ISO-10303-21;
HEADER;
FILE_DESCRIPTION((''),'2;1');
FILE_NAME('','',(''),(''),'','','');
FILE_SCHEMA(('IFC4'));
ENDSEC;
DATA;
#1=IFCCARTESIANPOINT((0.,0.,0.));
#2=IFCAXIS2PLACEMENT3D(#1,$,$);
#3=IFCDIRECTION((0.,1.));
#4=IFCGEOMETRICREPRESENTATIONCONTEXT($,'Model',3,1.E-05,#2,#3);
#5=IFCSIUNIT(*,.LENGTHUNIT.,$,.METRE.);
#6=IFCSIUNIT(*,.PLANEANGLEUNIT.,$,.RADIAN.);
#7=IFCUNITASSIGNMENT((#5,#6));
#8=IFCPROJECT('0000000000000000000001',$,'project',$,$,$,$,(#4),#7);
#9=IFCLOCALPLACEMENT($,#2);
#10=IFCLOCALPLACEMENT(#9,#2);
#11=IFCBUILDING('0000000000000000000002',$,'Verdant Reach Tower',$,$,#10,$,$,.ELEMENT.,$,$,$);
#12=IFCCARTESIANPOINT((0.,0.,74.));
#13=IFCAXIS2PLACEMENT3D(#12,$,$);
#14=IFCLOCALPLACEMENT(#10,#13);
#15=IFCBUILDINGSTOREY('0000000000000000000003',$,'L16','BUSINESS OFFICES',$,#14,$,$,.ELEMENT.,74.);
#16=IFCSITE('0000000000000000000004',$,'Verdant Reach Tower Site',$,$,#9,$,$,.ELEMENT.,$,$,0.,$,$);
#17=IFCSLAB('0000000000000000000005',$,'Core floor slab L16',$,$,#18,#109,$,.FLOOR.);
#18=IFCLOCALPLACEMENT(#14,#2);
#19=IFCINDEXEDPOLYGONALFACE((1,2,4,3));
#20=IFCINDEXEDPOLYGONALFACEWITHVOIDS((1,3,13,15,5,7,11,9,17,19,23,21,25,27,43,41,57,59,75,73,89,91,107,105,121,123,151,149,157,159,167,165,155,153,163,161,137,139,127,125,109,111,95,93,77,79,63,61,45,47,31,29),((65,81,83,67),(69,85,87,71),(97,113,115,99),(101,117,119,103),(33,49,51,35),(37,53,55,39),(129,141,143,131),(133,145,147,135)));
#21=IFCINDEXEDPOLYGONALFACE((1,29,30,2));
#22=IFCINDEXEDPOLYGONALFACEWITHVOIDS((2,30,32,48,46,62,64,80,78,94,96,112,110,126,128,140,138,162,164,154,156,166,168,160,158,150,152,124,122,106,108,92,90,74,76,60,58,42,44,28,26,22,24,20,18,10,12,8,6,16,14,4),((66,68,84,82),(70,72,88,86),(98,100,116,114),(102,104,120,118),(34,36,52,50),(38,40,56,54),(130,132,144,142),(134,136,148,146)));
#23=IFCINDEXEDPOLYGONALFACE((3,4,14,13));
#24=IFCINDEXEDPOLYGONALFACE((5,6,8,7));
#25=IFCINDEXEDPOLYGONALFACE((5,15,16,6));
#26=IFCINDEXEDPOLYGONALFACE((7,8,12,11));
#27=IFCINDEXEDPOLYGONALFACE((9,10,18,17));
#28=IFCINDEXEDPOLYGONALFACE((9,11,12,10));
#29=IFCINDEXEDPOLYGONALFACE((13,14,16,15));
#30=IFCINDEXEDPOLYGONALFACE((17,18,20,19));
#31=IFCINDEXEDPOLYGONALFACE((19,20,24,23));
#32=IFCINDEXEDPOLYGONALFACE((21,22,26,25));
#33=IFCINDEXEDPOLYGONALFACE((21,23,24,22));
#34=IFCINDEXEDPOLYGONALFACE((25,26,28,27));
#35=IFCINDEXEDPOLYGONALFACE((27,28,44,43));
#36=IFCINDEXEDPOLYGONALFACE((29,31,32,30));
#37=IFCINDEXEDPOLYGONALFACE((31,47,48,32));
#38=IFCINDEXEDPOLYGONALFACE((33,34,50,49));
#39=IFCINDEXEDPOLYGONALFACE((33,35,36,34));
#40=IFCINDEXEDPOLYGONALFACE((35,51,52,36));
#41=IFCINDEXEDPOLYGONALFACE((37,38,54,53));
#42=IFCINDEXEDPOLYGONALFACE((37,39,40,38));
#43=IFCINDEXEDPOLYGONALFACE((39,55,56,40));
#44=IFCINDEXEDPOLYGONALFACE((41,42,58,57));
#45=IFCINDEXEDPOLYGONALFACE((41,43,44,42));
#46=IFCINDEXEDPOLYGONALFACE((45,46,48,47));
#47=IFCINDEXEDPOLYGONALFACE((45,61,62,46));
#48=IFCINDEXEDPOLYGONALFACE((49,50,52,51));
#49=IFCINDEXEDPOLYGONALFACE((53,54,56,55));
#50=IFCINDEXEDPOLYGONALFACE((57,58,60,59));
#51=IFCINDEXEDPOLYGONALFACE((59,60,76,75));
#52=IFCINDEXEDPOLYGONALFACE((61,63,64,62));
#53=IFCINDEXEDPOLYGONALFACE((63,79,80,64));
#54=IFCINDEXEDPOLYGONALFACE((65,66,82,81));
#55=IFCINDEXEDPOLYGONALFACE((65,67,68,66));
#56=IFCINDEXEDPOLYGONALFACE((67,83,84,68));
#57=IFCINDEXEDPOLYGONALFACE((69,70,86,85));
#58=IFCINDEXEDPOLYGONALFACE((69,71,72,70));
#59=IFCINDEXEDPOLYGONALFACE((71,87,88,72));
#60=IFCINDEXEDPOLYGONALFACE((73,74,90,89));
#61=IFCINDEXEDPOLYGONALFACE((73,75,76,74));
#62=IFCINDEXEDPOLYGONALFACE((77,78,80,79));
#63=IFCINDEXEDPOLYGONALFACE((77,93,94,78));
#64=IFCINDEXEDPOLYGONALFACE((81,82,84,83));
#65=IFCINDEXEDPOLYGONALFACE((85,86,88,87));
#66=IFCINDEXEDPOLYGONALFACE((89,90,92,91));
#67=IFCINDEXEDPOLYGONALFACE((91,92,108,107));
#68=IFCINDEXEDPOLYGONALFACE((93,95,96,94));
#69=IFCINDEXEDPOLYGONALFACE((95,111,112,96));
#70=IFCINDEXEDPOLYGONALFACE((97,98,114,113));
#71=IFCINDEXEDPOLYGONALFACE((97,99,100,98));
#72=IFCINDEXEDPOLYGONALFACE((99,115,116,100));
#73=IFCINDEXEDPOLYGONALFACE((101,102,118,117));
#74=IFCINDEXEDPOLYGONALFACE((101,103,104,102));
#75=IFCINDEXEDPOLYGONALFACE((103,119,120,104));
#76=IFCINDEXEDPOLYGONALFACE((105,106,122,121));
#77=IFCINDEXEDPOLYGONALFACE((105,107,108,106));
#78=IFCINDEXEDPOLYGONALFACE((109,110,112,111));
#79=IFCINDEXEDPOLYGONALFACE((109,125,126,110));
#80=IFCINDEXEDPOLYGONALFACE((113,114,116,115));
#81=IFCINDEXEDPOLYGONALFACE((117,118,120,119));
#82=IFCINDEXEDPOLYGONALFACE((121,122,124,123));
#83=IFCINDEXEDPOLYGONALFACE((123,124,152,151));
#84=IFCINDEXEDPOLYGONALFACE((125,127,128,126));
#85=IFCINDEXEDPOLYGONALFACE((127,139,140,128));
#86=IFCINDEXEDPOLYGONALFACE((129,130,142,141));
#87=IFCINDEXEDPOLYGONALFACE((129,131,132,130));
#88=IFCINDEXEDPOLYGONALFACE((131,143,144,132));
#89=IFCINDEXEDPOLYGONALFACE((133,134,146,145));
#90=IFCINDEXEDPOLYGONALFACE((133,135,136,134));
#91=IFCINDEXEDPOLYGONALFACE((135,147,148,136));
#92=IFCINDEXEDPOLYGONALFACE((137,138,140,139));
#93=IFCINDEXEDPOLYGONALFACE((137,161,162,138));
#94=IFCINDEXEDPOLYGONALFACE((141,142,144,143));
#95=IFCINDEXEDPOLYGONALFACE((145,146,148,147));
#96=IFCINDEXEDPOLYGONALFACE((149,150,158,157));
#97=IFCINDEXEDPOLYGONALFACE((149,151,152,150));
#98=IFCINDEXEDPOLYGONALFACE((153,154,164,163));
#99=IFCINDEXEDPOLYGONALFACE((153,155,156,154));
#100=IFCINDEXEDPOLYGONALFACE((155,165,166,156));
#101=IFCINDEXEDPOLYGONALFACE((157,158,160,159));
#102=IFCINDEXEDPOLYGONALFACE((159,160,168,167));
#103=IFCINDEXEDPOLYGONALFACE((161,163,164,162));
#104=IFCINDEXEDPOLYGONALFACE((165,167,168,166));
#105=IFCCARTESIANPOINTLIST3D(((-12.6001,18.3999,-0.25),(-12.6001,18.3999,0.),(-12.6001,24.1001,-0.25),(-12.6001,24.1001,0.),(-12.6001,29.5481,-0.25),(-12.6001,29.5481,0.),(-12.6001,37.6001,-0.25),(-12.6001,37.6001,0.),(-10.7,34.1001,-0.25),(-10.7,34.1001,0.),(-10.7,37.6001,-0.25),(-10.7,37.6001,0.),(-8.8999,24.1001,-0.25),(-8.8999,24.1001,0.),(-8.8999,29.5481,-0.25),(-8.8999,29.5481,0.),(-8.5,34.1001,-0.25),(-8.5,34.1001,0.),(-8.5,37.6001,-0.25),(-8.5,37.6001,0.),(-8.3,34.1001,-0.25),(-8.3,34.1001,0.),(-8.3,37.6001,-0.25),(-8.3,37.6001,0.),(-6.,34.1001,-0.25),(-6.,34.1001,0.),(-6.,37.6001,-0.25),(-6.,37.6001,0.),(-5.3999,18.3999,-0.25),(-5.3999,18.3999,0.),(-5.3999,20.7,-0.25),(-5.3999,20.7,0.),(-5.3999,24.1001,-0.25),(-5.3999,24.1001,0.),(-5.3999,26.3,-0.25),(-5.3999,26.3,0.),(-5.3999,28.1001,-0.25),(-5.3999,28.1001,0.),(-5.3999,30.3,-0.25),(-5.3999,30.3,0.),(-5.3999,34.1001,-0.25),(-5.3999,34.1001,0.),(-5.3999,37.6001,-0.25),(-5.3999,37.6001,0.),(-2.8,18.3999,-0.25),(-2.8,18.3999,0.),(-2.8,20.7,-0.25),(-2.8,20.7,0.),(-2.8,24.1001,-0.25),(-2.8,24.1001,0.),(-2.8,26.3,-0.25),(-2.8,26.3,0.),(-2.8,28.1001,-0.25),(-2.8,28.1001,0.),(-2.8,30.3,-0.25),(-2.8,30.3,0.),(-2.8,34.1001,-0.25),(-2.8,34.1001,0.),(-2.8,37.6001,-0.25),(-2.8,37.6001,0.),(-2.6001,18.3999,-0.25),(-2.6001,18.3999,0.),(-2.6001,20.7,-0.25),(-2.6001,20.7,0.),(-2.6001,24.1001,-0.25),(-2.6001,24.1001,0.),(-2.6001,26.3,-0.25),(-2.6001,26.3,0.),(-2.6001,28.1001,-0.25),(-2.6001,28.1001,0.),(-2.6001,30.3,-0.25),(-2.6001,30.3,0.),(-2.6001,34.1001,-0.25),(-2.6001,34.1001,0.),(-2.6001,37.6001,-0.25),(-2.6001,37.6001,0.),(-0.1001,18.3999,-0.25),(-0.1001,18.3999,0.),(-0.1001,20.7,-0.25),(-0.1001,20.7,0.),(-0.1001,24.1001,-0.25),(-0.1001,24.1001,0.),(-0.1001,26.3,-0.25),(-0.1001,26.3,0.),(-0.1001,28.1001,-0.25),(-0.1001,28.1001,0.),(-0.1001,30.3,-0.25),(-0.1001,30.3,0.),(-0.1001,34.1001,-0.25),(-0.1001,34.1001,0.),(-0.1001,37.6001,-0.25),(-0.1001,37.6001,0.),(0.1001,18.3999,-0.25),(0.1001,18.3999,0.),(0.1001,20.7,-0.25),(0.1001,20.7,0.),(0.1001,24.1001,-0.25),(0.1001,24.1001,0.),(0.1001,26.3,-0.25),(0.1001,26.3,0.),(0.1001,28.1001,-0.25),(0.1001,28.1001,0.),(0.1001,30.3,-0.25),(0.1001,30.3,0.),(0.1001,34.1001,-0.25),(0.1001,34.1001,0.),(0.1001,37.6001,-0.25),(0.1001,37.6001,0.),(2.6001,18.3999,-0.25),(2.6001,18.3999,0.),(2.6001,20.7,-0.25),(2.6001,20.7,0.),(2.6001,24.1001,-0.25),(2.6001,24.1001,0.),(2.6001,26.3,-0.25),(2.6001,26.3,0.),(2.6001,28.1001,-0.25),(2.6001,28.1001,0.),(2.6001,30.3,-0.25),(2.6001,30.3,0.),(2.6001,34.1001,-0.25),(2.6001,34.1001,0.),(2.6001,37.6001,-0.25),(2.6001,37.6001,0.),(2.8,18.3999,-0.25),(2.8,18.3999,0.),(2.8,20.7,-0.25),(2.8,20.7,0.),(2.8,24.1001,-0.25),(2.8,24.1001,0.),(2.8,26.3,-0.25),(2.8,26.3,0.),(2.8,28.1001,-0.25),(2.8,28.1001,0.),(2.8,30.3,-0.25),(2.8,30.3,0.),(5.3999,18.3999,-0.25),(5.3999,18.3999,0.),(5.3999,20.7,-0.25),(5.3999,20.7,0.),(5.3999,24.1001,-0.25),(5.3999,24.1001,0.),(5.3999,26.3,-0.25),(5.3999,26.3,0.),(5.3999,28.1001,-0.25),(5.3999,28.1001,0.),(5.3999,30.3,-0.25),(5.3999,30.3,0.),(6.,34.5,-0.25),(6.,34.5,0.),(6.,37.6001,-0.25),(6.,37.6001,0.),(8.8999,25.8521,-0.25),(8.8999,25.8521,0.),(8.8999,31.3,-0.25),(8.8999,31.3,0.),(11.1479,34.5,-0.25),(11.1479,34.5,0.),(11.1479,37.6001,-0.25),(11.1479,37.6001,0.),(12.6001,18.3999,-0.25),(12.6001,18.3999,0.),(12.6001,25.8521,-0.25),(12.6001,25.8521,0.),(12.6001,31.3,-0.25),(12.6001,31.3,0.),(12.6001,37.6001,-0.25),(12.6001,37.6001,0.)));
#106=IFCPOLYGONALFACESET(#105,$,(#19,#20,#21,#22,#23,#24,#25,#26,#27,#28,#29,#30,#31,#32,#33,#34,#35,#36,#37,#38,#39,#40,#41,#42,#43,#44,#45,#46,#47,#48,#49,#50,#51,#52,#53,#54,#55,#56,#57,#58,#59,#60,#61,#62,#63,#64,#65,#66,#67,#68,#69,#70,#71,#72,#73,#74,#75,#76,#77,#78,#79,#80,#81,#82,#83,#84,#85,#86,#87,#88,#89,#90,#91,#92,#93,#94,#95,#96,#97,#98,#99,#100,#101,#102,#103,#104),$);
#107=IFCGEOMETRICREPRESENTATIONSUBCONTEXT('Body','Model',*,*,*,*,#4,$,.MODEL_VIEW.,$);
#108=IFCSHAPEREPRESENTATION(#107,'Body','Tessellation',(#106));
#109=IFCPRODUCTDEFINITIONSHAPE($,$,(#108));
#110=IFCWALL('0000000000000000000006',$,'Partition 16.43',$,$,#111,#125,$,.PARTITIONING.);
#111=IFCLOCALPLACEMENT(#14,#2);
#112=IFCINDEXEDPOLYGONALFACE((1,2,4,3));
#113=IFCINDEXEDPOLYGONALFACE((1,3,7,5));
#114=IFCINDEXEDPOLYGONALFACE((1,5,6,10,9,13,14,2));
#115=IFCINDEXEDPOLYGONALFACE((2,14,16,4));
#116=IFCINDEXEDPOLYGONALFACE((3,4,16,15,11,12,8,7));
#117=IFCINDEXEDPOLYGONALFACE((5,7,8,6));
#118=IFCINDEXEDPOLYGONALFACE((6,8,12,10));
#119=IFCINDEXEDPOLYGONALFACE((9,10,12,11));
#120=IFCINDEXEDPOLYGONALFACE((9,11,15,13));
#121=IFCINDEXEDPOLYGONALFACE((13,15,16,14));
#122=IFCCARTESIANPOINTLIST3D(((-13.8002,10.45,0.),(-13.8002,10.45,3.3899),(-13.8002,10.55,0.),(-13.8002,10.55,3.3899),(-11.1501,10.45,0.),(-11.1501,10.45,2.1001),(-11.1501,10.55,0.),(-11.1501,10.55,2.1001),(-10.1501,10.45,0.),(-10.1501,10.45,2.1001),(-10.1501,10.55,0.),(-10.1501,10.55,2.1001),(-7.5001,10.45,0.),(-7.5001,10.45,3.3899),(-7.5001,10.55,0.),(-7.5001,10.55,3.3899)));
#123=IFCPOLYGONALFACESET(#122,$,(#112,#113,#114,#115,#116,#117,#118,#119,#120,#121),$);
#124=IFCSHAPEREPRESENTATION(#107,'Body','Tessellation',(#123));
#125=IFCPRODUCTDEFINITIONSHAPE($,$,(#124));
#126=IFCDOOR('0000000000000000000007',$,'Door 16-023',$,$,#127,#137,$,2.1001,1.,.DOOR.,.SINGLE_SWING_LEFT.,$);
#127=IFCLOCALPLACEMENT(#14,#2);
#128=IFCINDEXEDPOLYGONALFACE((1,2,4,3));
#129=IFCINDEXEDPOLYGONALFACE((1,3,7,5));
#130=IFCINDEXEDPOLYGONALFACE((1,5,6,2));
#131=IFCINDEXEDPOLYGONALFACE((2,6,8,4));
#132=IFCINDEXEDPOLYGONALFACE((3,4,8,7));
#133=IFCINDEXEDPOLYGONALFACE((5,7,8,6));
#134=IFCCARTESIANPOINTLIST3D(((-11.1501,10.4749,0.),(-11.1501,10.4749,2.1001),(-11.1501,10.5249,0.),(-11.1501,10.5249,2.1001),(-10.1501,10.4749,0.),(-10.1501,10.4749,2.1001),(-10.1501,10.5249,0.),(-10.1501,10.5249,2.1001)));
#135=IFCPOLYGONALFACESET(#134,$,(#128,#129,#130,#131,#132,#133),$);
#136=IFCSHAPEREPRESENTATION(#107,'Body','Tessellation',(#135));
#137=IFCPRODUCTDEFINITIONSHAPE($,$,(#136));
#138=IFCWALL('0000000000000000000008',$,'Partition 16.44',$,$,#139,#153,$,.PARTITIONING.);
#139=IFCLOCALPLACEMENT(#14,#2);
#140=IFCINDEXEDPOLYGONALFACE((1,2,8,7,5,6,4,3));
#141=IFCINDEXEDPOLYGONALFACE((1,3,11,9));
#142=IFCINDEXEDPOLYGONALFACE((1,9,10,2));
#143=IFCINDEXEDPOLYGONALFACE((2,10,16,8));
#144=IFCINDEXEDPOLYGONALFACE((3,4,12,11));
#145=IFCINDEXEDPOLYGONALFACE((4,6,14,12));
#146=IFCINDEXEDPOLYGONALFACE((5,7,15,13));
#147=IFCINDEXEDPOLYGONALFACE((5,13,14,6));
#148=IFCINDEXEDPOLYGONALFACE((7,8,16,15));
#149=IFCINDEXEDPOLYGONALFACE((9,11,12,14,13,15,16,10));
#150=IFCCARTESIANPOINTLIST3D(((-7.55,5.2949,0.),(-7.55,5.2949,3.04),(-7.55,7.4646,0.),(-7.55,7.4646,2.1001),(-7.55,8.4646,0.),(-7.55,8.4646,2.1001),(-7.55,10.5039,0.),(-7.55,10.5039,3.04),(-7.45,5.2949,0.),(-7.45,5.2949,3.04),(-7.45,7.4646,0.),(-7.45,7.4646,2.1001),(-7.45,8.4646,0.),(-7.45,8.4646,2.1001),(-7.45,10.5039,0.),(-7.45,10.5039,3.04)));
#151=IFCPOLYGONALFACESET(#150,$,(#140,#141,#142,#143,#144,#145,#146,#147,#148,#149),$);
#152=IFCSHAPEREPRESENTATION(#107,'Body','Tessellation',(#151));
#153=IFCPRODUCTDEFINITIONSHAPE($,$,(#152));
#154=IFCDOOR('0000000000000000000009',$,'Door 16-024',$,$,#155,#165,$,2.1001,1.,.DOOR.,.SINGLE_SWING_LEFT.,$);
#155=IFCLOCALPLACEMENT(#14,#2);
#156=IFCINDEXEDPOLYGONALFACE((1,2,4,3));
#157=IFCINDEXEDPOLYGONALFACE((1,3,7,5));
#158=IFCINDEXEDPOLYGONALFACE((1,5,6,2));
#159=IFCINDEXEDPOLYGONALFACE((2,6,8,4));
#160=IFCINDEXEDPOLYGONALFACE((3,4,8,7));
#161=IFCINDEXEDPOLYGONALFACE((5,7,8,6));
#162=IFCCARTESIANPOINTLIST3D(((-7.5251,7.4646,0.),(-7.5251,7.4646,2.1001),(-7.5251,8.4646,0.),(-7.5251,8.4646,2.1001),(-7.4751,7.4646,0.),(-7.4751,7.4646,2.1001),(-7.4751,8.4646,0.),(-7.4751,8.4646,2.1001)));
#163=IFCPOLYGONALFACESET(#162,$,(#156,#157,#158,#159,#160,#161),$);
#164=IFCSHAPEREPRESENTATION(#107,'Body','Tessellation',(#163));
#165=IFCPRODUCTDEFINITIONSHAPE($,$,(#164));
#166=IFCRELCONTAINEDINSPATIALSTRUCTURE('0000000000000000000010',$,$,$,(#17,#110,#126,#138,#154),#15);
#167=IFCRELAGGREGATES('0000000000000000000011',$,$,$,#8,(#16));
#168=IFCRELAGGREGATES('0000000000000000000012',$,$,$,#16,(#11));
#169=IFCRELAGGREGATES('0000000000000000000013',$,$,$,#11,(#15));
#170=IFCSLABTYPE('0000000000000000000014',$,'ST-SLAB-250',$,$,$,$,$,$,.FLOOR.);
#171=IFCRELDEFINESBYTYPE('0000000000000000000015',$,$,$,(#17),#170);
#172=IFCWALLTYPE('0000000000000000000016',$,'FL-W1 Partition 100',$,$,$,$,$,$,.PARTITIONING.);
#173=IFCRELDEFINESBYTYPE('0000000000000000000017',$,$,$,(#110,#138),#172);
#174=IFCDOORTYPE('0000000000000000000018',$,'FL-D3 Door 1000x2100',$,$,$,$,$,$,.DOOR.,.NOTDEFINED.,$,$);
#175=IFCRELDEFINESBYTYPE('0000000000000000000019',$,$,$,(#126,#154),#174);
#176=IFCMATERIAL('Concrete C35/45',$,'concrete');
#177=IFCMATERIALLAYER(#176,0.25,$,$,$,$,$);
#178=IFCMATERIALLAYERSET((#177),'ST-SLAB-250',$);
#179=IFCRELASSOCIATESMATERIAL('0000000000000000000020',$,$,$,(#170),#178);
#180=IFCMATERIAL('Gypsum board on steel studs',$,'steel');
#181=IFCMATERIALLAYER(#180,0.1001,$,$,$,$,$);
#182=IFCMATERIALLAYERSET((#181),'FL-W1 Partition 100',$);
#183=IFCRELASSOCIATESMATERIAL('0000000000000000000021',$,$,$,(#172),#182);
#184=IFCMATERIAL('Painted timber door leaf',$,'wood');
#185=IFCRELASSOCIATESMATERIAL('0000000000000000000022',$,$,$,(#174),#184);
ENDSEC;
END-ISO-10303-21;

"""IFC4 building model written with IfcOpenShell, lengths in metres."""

from ifc_helpers import new_model, si_unit, direction, frame, frame_2d, origin, place, context, subcontext, project, spatial, polyline, rectangle, outline, extrude, material, layer, layer_set, type_object, element, fill, save


model = new_model("IFC4")

# Units and contexts
model_context = context("Model", 3, precision=1e-05, world=origin(), true_north=direction((0.0, 1.0)))
body_context = subcontext(model_context, "Body", "Model", "MODEL_VIEW")
ifc_project = project(units=[si_unit("LENGTHUNIT", "METRE"), si_unit("PLANEANGLEUNIT", "RADIAN")], contexts=[model_context])

# Site, building, storey
site_placement = place(None, origin())
site = spatial("IfcSite", under=ifc_project, at=site_placement, Name="Verdant Reach Tower Site", CompositionType="ELEMENT", RefElevation=0.0)
building_placement = place(site_placement, origin())
building = spatial("IfcBuilding", under=site, at=building_placement, Name="Verdant Reach Tower", CompositionType="ELEMENT")
storey_placement = place(building_placement, frame((0.0, 0.0, 74.0)))
storey = spatial("IfcBuildingStorey", under=building, at=storey_placement, Name="L16", Description="BUSINESS OFFICES", CompositionType="ELEMENT", Elevation=74.0)

# Slab
ifc_material_1 = material(Name="Concrete C35/45", Category="concrete")
ifc_layer_1 = layer(ifc_material_1, 0.25)
ifc_layer_set_1 = layer_set([ifc_layer_1], Name="ST-SLAB-250")
slab_type_1 = type_object("IfcSlabType", Name="ST-SLAB-250", PredefinedType="FLOOR", material=ifc_layer_set_1)
slab_1_placement = place(storey_placement, frame((0.0, 0.0, -0.25)))
element("IfcSlab", 1, at=slab_1_placement, inside=storey, type_object=slab_type_1, Name="Core floor slab L16", PredefinedType="FLOOR", context=body_context, shape_type="SweptSolid", body=[
    extrude(outline(polyline([(12.6001, 18.3999), (5.3999, 18.3999), (5.3999, 20.7), (2.8, 20.7), (2.8, 18.3999), (2.6001, 18.3999), (2.6001, 20.7), (0.1001, 20.7), (0.1001, 18.3999), (-0.1001, 18.3999), (-0.1001, 20.7), (-2.6001, 20.7), (-2.6001, 18.3999), (-2.8, 18.3999), (-2.8, 20.7), (-5.3999, 20.7), (-5.3999, 18.3999), (-12.6001, 18.3999), (-12.6001, 24.1001), (-8.8999, 24.1001), (-8.8999, 29.5481), (-12.6001, 29.5481), (-12.6001, 37.6001), (-10.7, 37.6001), (-10.7, 34.1001), (-8.5, 34.1001), (-8.5, 37.6001), (-8.3, 37.6001), (-8.3, 34.1001), (-6.0, 34.1001), (-6.0, 37.6001), (-5.3999, 37.6001), (-5.3999, 34.1001), (-2.8, 34.1001), (-2.8, 37.6001), (-2.6001, 37.6001), (-2.6001, 34.1001), (-0.1001, 34.1001), (-0.1001, 37.6001), (0.1001, 37.6001), (0.1001, 34.1001), (2.6001, 34.1001), (2.6001, 37.6001), (6.0, 37.6001), (6.0, 34.5), (11.1479, 34.5), (11.1479, 37.6001), (12.6001, 37.6001), (12.6001, 31.3), (8.8999, 31.3), (8.8999, 25.8521), (12.6001, 25.8521), (12.6001, 18.3999)]), holes=[polyline([(-2.8, 24.1001), (-2.8, 26.3), (-5.3999, 26.3), (-5.3999, 24.1001), (-2.8, 24.1001)]), polyline([(-2.6001, 24.1001), (-0.1001, 24.1001), (-0.1001, 26.3), (-2.6001, 26.3), (-2.6001, 24.1001)]), polyline([(-2.8, 28.1001), (-2.8, 30.3), (-5.3999, 30.3), (-5.3999, 28.1001), (-2.8, 28.1001)]), polyline([(-0.1001, 28.1001), (-0.1001, 30.3), (-2.6001, 30.3), (-2.6001, 28.1001), (-0.1001, 28.1001)]), polyline([(2.6001, 24.1001), (2.6001, 26.3), (0.1001, 26.3), (0.1001, 24.1001), (2.6001, 24.1001)]), polyline([(2.8, 24.1001), (5.3999, 24.1001), (5.3999, 26.3), (2.8, 26.3), (2.8, 24.1001)]), polyline([(2.6001, 28.1001), (2.6001, 30.3), (0.1001, 30.3), (0.1001, 28.1001), (2.6001, 28.1001)]), polyline([(5.3999, 28.1001), (5.3999, 30.3), (2.8, 30.3), (2.8, 28.1001), (5.3999, 28.1001)])]), origin(), (0.0, 0.0, 1.0), 0.25),
])

# Walls, openings, doors
ifc_material_2 = material(Name="Gypsum board on steel studs", Category="steel")
ifc_layer_2 = layer(ifc_material_2, 0.1001)
ifc_layer_set_2 = layer_set([ifc_layer_2], Name="FL-W1 Partition 100")
wall_type_1 = type_object("IfcWallType", Name="FL-W1 Partition 100", PredefinedType="PARTITIONING", material=ifc_layer_set_2)
wall_1_placement = place(storey_placement, frame((-13.8, 10.5, 0.0), z_axis=(0.0, 0.0, 1.0), x_axis=(1.0, 0.0, 0.0)))
wall_1 = element("IfcWall", 2, at=wall_1_placement, inside=storey, type_object=wall_type_1, Name="Partition 16.43", PredefinedType="PARTITIONING", context=body_context, shape_type="SweptSolid", body=[
    extrude(rectangle(XDim=6.3, YDim=0.1001, at=frame_2d((3.1499, 0.0))), origin(), (0.0, 0.0, 1.0), 3.3899),
])
opening_1_placement = place(wall_1_placement, frame((2.6499, 0.0, 0.0)))
opening_1 = element("IfcOpeningElement", 3, at=opening_1_placement, cuts=wall_1, PredefinedType="OPENING", context=body_context, shape_type="SweptSolid", body=[
    extrude(rectangle(XDim=1.0, YDim=2.1001, at=frame_2d((0.5, 1.05))), frame((0.0, 0.0601, 0.0), z_axis=(0.0, -1.0, 0.0), x_axis=(1.0, 0.0, 0.0)), (0.0, 0.0, 1.0), 0.1201),
])
ifc_material_3 = material(Name="Painted timber door leaf", Category="wood")
door_type = type_object("IfcDoorType", Name="FL-D3 Door 1000x2100", OperationType="NOTDEFINED", PredefinedType="DOOR", material=ifc_material_3)
door_1_placement = place(opening_1_placement, origin())
door_1 = element("IfcDoor", 4, at=door_1_placement, inside=storey, type_object=door_type, Name="Door 16-023", OperationType="SINGLE_SWING_LEFT", OverallHeight=2.1001, OverallWidth=1.0, PredefinedType="DOOR", context=body_context, shape_type="SweptSolid", body=[
    extrude(rectangle(XDim=1.0, YDim=2.1001, at=frame_2d((0.5, 1.05))), frame((0.0, 0.0249, 0.0), z_axis=(0.0, -1.0, 0.0), x_axis=(1.0, 0.0, 0.0)), (0.0, 0.0, 1.0), 0.05),
])
fill(opening_1, door_1)
wall_2_placement = place(storey_placement, frame((-7.5, 10.5039, 0.0), z_axis=(0.0, 0.0, 1.0), x_axis=(0.0, -1.0, 0.0)))
wall_2 = element("IfcWall", 5, at=wall_2_placement, inside=storey, type_object=wall_type_1, Name="Partition 16.44", PredefinedType="PARTITIONING", context=body_context, shape_type="SweptSolid", body=[
    extrude(rectangle(XDim=5.209, YDim=0.1001, at=frame_2d((2.6045, 0.0))), origin(), (0.0, 0.0, 1.0), 3.04),
])
opening_2_placement = place(wall_2_placement, frame((2.0393, 0.0, 0.0)))
opening_2 = element("IfcOpeningElement", 6, at=opening_2_placement, cuts=wall_2, PredefinedType="OPENING", context=body_context, shape_type="SweptSolid", body=[
    extrude(rectangle(XDim=1.0, YDim=2.1001, at=frame_2d((0.5, 1.05))), frame((0.0, 0.0601, 0.0), z_axis=(0.0, -1.0, 0.0), x_axis=(1.0, 0.0, 0.0)), (0.0, 0.0, 1.0), 0.1201),
])
door_2_placement = place(opening_2_placement, origin())
door_2 = element("IfcDoor", 7, at=door_2_placement, inside=storey, type_object=door_type, Name="Door 16-024", OperationType="SINGLE_SWING_LEFT", OverallHeight=2.1001, OverallWidth=1.0, PredefinedType="DOOR", context=body_context, shape_type="SweptSolid", body=[
    extrude(rectangle(XDim=1.0, YDim=2.1001, at=frame_2d((0.5, 1.05))), frame((0.0, 0.0249, 0.0), z_axis=(0.0, -1.0, 0.0), x_axis=(1.0, 0.0, 0.0)), (0.0, 0.0, 1.0), 0.05),
])
fill(opening_2, door_2)

save(model, "model.ifc")
